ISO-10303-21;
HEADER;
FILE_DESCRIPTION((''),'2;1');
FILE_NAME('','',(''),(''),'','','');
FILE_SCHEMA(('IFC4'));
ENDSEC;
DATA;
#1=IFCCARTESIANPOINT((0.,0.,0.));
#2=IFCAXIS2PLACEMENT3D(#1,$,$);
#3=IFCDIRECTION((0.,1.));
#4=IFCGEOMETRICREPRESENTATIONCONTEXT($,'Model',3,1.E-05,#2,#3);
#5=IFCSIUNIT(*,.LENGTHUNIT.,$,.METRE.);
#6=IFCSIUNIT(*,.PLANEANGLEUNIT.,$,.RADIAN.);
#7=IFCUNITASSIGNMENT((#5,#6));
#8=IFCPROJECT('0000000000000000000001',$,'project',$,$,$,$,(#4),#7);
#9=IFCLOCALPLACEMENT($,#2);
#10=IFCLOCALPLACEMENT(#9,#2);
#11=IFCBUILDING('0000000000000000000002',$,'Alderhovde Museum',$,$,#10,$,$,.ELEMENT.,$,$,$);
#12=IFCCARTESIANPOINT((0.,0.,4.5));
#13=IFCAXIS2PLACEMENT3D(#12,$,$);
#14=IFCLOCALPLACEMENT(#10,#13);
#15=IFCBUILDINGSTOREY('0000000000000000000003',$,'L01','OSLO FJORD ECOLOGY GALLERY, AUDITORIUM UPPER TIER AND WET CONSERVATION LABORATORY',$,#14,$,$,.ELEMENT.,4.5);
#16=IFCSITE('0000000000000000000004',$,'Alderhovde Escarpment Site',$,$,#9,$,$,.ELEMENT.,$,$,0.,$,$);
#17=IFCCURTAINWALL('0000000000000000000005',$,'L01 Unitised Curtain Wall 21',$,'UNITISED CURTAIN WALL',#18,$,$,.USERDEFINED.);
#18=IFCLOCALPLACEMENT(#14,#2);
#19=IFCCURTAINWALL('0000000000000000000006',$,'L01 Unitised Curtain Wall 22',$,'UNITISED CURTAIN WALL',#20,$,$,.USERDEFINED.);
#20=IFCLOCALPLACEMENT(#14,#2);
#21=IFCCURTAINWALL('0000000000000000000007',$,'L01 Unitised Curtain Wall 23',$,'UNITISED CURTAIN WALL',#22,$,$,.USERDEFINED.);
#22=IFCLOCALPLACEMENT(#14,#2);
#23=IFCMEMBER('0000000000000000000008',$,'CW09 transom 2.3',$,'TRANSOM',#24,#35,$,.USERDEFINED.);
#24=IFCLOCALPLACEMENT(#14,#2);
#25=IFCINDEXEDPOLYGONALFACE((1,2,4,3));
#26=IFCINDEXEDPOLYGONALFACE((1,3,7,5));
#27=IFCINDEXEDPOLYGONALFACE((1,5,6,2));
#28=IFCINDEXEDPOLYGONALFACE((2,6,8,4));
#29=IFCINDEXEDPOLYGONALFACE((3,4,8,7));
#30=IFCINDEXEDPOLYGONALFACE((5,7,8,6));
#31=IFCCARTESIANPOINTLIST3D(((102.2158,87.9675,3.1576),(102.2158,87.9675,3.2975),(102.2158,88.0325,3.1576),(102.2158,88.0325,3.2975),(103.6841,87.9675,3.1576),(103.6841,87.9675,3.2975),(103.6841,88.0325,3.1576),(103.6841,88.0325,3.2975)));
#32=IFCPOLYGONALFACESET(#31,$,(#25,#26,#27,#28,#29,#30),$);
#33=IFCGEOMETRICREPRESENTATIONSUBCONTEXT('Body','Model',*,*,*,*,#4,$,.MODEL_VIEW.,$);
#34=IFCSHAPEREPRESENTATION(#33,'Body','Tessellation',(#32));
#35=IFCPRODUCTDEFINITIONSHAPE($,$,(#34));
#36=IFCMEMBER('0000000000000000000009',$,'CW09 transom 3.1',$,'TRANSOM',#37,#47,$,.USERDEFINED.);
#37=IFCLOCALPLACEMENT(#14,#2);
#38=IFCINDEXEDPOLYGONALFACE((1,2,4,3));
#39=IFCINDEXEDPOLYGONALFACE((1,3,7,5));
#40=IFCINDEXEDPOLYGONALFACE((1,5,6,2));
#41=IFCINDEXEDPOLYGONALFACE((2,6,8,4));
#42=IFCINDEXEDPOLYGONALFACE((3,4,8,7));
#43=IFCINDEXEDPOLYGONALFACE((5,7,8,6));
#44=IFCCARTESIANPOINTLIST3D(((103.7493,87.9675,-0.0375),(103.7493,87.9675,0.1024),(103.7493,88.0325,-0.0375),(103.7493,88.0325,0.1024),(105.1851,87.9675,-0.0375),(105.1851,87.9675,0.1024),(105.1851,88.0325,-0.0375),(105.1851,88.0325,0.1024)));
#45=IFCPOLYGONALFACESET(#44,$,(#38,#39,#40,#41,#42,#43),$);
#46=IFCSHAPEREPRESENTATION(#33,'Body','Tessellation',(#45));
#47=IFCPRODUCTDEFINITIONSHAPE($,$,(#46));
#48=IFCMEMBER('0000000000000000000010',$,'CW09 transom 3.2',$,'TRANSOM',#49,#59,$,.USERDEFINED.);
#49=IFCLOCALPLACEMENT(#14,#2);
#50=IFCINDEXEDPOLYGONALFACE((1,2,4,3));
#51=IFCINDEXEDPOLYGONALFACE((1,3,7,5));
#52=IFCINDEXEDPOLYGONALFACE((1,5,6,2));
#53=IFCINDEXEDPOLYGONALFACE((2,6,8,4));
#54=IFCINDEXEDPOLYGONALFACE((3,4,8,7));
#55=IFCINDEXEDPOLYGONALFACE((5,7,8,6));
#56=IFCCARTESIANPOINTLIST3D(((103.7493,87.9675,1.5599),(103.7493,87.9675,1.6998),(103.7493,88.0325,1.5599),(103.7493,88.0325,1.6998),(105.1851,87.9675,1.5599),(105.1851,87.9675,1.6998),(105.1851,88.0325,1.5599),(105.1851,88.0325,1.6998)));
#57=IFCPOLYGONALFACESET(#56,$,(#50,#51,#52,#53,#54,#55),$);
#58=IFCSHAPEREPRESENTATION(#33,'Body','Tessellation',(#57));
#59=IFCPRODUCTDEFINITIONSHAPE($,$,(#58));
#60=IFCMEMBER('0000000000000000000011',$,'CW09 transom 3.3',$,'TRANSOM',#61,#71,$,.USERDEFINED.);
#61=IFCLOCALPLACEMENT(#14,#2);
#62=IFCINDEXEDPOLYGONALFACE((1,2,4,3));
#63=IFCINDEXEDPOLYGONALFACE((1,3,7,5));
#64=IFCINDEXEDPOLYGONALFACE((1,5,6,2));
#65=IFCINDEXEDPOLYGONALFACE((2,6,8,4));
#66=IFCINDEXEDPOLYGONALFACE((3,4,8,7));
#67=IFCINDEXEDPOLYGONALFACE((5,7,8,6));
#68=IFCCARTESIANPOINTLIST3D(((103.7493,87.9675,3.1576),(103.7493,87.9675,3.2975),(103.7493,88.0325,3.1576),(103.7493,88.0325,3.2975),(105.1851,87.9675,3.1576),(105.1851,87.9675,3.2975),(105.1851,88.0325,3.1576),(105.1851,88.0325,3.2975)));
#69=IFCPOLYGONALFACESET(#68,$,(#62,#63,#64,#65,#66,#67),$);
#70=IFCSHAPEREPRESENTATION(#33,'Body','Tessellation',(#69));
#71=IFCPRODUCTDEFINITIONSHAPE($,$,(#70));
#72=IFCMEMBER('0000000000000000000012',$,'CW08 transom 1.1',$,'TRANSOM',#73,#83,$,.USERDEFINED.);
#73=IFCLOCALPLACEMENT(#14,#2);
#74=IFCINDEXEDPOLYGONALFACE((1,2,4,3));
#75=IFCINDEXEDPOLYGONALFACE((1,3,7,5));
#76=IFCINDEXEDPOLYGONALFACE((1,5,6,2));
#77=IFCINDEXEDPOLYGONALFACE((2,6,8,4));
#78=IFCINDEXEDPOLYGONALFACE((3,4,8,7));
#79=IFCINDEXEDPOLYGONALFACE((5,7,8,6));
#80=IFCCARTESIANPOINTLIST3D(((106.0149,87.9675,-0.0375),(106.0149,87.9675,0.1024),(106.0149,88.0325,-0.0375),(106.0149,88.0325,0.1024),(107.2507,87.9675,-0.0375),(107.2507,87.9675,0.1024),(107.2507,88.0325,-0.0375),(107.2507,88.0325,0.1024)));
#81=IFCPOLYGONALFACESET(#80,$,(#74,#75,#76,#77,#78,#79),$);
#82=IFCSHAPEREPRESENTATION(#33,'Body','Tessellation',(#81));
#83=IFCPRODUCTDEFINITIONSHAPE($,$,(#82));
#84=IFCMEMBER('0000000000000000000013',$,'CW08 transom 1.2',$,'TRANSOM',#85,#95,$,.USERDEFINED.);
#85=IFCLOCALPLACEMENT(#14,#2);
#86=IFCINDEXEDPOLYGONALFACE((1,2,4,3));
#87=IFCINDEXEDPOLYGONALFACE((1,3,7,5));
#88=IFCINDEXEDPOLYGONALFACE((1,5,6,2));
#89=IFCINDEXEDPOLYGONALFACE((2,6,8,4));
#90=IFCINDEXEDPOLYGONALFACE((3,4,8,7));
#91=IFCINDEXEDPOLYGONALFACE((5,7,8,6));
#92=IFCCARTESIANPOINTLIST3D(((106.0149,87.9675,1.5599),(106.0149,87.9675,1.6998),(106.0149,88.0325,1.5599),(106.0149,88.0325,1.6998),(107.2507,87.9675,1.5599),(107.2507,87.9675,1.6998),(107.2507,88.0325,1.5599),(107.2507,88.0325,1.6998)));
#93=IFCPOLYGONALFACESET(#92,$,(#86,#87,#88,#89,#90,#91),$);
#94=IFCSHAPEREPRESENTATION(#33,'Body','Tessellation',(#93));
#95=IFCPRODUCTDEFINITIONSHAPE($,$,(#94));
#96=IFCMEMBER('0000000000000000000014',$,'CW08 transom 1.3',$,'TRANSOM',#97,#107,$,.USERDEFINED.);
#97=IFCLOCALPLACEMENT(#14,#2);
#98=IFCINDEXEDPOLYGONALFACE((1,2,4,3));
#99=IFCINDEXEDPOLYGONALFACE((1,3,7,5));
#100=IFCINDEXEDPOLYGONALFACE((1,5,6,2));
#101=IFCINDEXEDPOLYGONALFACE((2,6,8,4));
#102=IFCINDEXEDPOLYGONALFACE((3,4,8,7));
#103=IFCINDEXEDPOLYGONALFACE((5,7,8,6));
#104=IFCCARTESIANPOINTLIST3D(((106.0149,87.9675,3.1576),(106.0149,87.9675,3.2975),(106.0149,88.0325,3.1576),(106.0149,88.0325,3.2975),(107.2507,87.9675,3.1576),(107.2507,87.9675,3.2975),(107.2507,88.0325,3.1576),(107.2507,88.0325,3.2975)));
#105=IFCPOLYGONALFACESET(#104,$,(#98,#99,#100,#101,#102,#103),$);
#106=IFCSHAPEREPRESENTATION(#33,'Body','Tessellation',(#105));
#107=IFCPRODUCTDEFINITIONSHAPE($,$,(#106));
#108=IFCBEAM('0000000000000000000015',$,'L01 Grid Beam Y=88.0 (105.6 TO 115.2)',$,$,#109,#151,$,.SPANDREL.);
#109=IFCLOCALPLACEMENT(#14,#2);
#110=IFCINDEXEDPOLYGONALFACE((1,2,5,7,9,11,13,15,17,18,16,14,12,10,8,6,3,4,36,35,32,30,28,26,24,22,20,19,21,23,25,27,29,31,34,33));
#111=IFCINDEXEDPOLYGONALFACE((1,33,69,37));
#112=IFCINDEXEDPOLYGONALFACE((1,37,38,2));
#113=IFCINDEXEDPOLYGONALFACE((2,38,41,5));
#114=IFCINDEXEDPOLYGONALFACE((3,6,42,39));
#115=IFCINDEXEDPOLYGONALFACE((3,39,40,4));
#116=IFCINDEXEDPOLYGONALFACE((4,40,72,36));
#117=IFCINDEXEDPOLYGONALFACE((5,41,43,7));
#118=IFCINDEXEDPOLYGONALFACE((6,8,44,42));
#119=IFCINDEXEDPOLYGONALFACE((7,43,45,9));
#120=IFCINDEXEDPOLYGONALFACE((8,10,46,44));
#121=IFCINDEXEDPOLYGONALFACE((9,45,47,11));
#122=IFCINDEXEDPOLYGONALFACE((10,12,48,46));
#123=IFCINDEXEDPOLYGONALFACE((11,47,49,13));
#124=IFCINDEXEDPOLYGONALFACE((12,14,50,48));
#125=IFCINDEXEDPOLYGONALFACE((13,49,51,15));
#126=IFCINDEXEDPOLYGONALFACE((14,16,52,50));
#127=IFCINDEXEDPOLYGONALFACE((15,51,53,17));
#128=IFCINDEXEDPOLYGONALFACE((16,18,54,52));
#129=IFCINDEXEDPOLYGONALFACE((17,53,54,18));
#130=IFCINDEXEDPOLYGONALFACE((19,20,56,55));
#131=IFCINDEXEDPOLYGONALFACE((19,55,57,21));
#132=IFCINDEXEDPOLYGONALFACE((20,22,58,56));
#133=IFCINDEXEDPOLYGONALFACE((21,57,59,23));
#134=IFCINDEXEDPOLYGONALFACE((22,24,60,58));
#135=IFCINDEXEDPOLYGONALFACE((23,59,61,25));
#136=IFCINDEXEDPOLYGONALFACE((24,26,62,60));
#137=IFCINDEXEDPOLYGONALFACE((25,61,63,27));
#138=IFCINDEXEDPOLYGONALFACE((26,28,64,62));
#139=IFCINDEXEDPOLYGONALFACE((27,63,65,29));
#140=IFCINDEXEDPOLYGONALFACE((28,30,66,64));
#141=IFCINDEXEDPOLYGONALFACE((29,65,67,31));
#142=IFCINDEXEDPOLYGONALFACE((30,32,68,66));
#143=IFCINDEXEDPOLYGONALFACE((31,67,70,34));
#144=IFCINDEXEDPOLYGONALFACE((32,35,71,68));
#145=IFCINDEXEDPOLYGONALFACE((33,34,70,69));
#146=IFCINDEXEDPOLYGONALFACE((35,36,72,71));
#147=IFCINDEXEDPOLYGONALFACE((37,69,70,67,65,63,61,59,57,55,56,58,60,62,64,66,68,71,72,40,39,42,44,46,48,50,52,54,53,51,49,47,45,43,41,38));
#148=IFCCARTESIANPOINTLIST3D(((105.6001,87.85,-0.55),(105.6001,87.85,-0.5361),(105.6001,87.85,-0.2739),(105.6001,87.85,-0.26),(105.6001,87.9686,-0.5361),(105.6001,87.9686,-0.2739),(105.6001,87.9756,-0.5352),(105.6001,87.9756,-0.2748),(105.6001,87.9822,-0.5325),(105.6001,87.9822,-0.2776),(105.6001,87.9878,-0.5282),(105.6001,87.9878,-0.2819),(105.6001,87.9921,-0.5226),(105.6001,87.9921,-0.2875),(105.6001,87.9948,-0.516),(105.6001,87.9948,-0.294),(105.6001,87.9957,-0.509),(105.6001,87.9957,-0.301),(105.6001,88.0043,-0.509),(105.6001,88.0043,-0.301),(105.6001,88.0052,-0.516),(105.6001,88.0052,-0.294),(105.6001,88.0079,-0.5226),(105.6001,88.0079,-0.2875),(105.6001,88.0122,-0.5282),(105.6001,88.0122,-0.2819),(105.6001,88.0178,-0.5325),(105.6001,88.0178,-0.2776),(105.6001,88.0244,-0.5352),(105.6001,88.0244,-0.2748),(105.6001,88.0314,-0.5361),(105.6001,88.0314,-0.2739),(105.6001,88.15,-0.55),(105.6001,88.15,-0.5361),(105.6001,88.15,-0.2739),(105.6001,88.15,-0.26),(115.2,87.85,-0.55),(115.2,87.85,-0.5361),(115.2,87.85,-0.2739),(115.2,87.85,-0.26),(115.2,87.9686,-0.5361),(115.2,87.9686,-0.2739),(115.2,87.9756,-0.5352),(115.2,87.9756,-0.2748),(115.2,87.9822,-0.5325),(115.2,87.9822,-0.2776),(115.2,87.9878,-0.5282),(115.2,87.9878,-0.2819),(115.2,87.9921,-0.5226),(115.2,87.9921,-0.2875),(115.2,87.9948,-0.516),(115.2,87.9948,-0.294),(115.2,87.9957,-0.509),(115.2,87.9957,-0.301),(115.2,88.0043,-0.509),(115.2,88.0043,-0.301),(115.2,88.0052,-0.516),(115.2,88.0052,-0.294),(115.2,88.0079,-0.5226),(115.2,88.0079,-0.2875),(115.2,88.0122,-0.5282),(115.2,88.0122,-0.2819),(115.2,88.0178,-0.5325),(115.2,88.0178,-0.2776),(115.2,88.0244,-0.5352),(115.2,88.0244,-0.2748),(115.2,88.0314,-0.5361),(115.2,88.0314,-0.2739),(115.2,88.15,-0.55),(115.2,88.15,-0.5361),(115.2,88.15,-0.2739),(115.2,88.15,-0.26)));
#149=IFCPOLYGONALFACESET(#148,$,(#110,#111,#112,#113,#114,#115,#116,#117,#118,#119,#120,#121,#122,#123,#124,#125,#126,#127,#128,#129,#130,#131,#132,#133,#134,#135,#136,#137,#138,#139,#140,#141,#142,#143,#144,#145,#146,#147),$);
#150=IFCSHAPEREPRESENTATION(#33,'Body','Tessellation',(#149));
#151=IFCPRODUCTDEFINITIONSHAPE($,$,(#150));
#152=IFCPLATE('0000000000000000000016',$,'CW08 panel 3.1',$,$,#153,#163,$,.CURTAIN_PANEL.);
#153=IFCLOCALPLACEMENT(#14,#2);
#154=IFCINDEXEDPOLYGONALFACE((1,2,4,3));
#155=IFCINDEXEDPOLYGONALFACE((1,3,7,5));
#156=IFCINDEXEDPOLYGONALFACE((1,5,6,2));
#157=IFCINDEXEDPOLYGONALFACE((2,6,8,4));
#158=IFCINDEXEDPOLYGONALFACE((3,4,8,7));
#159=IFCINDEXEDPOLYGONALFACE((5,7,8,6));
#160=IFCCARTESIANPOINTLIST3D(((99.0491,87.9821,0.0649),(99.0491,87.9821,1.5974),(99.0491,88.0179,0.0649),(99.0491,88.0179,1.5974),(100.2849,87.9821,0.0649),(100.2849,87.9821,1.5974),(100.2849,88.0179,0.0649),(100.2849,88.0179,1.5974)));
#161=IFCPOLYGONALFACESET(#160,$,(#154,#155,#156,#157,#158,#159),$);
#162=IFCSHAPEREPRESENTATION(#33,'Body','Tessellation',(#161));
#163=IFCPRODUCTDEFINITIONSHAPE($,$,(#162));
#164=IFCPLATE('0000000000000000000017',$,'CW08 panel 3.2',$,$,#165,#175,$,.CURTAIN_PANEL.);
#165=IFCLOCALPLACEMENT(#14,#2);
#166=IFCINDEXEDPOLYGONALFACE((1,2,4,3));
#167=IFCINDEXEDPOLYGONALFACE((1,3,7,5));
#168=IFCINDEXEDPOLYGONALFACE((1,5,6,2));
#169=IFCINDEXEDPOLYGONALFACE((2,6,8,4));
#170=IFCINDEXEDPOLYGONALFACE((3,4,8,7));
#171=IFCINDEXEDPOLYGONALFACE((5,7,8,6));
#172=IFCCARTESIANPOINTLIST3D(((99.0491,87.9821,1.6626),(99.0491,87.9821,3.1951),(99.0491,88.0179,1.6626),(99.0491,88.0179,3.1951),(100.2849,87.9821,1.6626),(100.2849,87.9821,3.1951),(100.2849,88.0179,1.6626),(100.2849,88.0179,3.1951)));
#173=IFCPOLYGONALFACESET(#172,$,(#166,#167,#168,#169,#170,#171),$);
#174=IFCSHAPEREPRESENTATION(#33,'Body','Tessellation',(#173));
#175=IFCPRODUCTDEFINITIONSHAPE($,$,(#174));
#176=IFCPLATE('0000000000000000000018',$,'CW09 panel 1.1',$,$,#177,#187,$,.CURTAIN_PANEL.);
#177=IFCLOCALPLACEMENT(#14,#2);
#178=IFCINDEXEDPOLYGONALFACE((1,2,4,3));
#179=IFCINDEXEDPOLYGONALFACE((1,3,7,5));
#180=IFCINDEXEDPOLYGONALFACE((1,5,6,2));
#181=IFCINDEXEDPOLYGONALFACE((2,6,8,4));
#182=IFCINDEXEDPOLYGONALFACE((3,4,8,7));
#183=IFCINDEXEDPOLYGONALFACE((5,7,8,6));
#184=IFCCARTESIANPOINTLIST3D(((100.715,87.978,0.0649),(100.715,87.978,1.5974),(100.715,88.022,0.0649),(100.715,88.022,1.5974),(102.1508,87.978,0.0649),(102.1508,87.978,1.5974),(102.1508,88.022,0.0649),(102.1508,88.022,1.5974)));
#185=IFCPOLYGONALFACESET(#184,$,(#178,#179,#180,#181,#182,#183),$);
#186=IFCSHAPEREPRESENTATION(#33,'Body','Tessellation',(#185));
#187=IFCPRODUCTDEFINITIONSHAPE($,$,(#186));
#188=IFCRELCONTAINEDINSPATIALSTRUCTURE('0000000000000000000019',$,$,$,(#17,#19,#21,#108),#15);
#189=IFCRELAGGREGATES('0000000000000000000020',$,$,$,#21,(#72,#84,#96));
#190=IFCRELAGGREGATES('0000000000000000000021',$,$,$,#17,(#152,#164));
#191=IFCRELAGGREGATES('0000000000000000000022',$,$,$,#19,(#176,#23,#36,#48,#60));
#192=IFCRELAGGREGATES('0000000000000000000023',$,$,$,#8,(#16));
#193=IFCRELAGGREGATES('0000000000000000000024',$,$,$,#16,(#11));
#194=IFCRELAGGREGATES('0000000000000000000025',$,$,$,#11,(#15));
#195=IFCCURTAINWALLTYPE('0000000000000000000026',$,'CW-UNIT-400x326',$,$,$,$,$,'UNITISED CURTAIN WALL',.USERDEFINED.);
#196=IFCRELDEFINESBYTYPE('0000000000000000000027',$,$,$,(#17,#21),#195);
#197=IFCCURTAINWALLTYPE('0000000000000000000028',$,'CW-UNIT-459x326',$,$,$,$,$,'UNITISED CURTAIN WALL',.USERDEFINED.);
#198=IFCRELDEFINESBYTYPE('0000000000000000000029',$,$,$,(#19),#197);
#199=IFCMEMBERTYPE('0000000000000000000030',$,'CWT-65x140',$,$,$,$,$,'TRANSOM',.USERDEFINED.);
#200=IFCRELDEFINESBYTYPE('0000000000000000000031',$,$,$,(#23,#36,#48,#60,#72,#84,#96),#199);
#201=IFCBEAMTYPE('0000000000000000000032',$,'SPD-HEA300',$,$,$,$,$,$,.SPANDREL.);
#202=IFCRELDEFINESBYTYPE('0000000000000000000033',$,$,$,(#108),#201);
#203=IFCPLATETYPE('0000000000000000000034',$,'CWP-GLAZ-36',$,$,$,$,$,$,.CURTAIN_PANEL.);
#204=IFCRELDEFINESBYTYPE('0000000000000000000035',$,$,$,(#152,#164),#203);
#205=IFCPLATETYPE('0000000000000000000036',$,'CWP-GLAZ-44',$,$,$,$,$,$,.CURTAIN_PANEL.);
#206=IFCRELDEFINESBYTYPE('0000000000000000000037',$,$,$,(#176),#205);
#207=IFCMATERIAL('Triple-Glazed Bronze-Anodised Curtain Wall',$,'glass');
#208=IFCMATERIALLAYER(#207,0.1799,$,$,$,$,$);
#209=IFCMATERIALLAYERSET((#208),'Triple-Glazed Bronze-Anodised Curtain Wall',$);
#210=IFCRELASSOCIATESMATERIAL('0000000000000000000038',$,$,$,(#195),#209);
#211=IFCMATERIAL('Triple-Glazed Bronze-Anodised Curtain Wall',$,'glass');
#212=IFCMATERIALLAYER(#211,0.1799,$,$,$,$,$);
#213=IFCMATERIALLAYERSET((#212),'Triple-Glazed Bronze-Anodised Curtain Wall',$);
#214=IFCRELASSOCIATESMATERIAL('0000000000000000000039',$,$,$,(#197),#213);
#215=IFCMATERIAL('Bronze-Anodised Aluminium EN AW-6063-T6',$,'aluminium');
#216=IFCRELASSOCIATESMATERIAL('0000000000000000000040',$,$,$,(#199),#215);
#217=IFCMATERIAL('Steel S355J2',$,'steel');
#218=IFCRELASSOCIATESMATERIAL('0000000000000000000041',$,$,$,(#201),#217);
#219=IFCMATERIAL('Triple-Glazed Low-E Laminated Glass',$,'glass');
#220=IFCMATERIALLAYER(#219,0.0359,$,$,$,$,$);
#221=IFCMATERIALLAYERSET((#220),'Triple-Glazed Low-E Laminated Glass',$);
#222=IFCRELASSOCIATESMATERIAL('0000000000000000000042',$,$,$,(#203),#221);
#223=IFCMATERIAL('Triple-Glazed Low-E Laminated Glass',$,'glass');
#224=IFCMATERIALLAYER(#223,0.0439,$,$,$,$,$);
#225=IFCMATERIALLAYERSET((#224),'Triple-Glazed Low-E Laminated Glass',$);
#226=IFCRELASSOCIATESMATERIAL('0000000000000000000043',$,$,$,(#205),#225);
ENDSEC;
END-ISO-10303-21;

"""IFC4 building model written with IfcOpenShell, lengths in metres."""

from ifc_helpers import new_model, si_unit, direction, frame, origin, origin_2d, place, context, subcontext, project, spatial, rectangle, i_section, extrude, material, layer, layer_set, material_profile, profile_set, type_object, element, aggregate, save


model = new_model("IFC4")

# Units and contexts
model_context = context("Model", 3, precision=1e-05, world=origin(), true_north=direction((0.0, 1.0)))
body_context = subcontext(model_context, "Body", "Model", "MODEL_VIEW")
ifc_project = project(units=[si_unit("LENGTHUNIT", "METRE"), si_unit("PLANEANGLEUNIT", "RADIAN")], contexts=[model_context])

# Site, building, storey
site_placement = place(None, origin())
site = spatial("IfcSite", under=ifc_project, at=site_placement, Name="Alderhovde Escarpment Site", CompositionType="ELEMENT", RefElevation=0.0)
building_placement = place(site_placement, origin())
building = spatial("IfcBuilding", under=site, at=building_placement, Name="Alderhovde Museum", CompositionType="ELEMENT")
storey_placement = place(building_placement, frame((0.0, 0.0, 4.5)))
storey = spatial("IfcBuildingStorey", under=building, at=storey_placement, Name="L01", Description="OSLO FJORD ECOLOGY GALLERY, AUDITORIUM UPPER TIER AND WET CONSERVATION LABORATORY", CompositionType="ELEMENT", Elevation=4.5)

# Curtain wall
ifc_material_1 = material(Name="Triple-Glazed Bronze-Anodised Curtain Wall", Category="glass")
ifc_layer_1 = layer(ifc_material_1, 0.1799)
ifc_layer_set_1 = layer_set([ifc_layer_1], Name="Triple-Glazed Bronze-Anodised Curtain Wall")
curtain_wall_type_1 = type_object("IfcCurtainWallType", Name="CW-UNIT-400x326", ElementType="UNITISED CURTAIN WALL", PredefinedType="USERDEFINED", material=ifc_layer_set_1)
curtain_wall_1_placement = place(storey_placement, origin())
curtain_wall_1 = element("IfcCurtainWall", 1, at=curtain_wall_1_placement, inside=storey, type_object=curtain_wall_type_1, Name="L01 Unitised Curtain Wall 21", ObjectType="UNITISED CURTAIN WALL", PredefinedType="USERDEFINED")

# Curtain wall
ifc_material_2 = material(Name="Triple-Glazed Bronze-Anodised Curtain Wall", Category="glass")
ifc_layer_2 = layer(ifc_material_2, 0.1799)
ifc_layer_set_2 = layer_set([ifc_layer_2], Name="Triple-Glazed Bronze-Anodised Curtain Wall")
curtain_wall_type_2 = type_object("IfcCurtainWallType", Name="CW-UNIT-459x326", ElementType="UNITISED CURTAIN WALL", PredefinedType="USERDEFINED", material=ifc_layer_set_2)
curtain_wall_2_placement = place(storey_placement, origin())
curtain_wall_2 = element("IfcCurtainWall", 2, at=curtain_wall_2_placement, inside=storey, type_object=curtain_wall_type_2, Name="L01 Unitised Curtain Wall 22", ObjectType="UNITISED CURTAIN WALL", PredefinedType="USERDEFINED")

# Curtain wall
curtain_wall_3_placement = place(storey_placement, origin())
curtain_wall_3 = element("IfcCurtainWall", 3, at=curtain_wall_3_placement, inside=storey, type_object=curtain_wall_type_1, Name="L01 Unitised Curtain Wall 23", ObjectType="UNITISED CURTAIN WALL", PredefinedType="USERDEFINED")

# Members
ifc_material_3 = material(Name="Bronze-Anodised Aluminium EN AW-6063-T6", Category="aluminium")
ifc_material_profile_1 = material_profile(ifc_material_3, rectangle(XDim=0.0649, YDim=0.1399, at=origin_2d()), Name="TRANSOM 65x140")
ifc_profile_set_1 = profile_set([ifc_material_profile_1], Name="Bronze-Anodised Aluminium EN AW-6063-T6")
member_type_1 = type_object("IfcMemberType", Name="CWT-65x140", ElementType="TRANSOM", PredefinedType="USERDEFINED", material=ifc_profile_set_1)
member_1_placement = place(storey_placement, frame((102.2158, 88.0, 3.2275), z_axis=(1.0, 0.0, 0.0), x_axis=(0.0, 1.0, 0.0)))
member_1 = element("IfcMember", 4, at=member_1_placement, type_object=member_type_1, Name="CW09 transom 2.3", ObjectType="TRANSOM", PredefinedType="USERDEFINED", context=body_context, shape_type="SweptSolid", body=[
    extrude(rectangle(XDim=0.0649, YDim=0.1399, at=origin_2d()), origin(), (0.0, 0.0, 1.0), 1.4683),
])
member_2_placement = place(storey_placement, frame((103.7493, 88.0, 0.0325), z_axis=(1.0, 0.0, 0.0), x_axis=(0.0, 1.0, 0.0)))
member_2 = element("IfcMember", 5, at=member_2_placement, type_object=member_type_1, Name="CW09 transom 3.1", ObjectType="TRANSOM", PredefinedType="USERDEFINED", context=body_context, shape_type="SweptSolid", body=[
    extrude(rectangle(XDim=0.0649, YDim=0.1399, at=origin_2d()), origin(), (0.0, 0.0, 1.0), 1.4358),
])
member_3_placement = place(storey_placement, frame((103.7493, 88.0, 1.6299), z_axis=(1.0, 0.0, 0.0), x_axis=(0.0, 1.0, 0.0)))
member_3 = element("IfcMember", 6, at=member_3_placement, type_object=member_type_1, Name="CW09 transom 3.2", ObjectType="TRANSOM", PredefinedType="USERDEFINED", context=body_context, shape_type="SweptSolid", body=[
    extrude(rectangle(XDim=0.0649, YDim=0.1399, at=origin_2d()), origin(), (0.0, 0.0, 1.0), 1.4358),
])
member_4_placement = place(storey_placement, frame((103.7493, 88.0, 3.2275), z_axis=(1.0, 0.0, 0.0), x_axis=(0.0, 1.0, 0.0)))
member_4 = element("IfcMember", 7, at=member_4_placement, type_object=member_type_1, Name="CW09 transom 3.3", ObjectType="TRANSOM", PredefinedType="USERDEFINED", context=body_context, shape_type="SweptSolid", body=[
    extrude(rectangle(XDim=0.0649, YDim=0.1399, at=origin_2d()), origin(), (0.0, 0.0, 1.0), 1.4358),
])
member_5_placement = place(storey_placement, frame((106.0149, 88.0, 0.0325), z_axis=(1.0, 0.0, 0.0), x_axis=(0.0, 1.0, 0.0)))
member_5 = element("IfcMember", 8, at=member_5_placement, type_object=member_type_1, Name="CW08 transom 1.1", ObjectType="TRANSOM", PredefinedType="USERDEFINED", context=body_context, shape_type="SweptSolid", body=[
    extrude(rectangle(XDim=0.0649, YDim=0.1399, at=origin_2d()), origin(), (0.0, 0.0, 1.0), 1.2358),
])
member_6_placement = place(storey_placement, frame((106.0149, 88.0, 1.6299), z_axis=(1.0, 0.0, 0.0), x_axis=(0.0, 1.0, 0.0)))
member_6 = element("IfcMember", 9, at=member_6_placement, type_object=member_type_1, Name="CW08 transom 1.2", ObjectType="TRANSOM", PredefinedType="USERDEFINED", context=body_context, shape_type="SweptSolid", body=[
    extrude(rectangle(XDim=0.0649, YDim=0.1399, at=origin_2d()), origin(), (0.0, 0.0, 1.0), 1.2358),
])
member_7_placement = place(storey_placement, frame((106.0149, 88.0, 3.2275), z_axis=(1.0, 0.0, 0.0), x_axis=(0.0, 1.0, 0.0)))
member_7 = element("IfcMember", 10, at=member_7_placement, type_object=member_type_1, Name="CW08 transom 1.3", ObjectType="TRANSOM", PredefinedType="USERDEFINED", context=body_context, shape_type="SweptSolid", body=[
    extrude(rectangle(XDim=0.0649, YDim=0.1399, at=origin_2d()), origin(), (0.0, 0.0, 1.0), 1.2358),
])
aggregate(curtain_wall_3, [member_5, member_6, member_7])

# Beam
ifc_material_4 = material(Name="Steel S355J2", Category="steel")
ifc_material_profile_2 = material_profile(ifc_material_4, i_section(OverallWidth=0.3, OverallDepth=0.29, WebThickness=0.0085, FlangeThickness=0.0139, FilletRadius=0.0271, at=origin_2d()), Name="HEA 300")
ifc_profile_set_2 = profile_set([ifc_material_profile_2], Name="Steel S355J2")
beam_type = type_object("IfcBeamType", Name="SPD-HEA300", PredefinedType="SPANDREL", material=ifc_profile_set_2)
beam_placement = place(storey_placement, frame((105.6001, 88.0, -0.405), z_axis=(1.0, 0.0, 0.0), x_axis=(0.0, 1.0, 0.0)))
element("IfcBeam", 11, at=beam_placement, inside=storey, type_object=beam_type, Name="L01 Grid Beam Y=88.0 (105.6 TO 115.2)", PredefinedType="SPANDREL", context=body_context, shape_type="SweptSolid", body=[
    extrude(i_section(OverallWidth=0.3, OverallDepth=0.29, WebThickness=0.0085, FlangeThickness=0.0139, FilletRadius=0.0271, at=origin_2d()), origin(), (0.0, 0.0, 1.0), 9.5999),
])

# Plates
ifc_material_5 = material(Name="Triple-Glazed Low-E Laminated Glass", Category="glass")
ifc_layer_3 = layer(ifc_material_5, 0.0359)
ifc_layer_set_3 = layer_set([ifc_layer_3], Name="Triple-Glazed Low-E Laminated Glass")
plate_type_1 = type_object("IfcPlateType", Name="CWP-GLAZ-36", PredefinedType="CURTAIN_PANEL", material=ifc_layer_set_3)
plate_1_placement = place(storey_placement, frame((99.667, 88.0, 0.0649), z_axis=(0.0, 0.0, 1.0), x_axis=(1.0, 0.0, 0.0)))
plate_1 = element("IfcPlate", 12, at=plate_1_placement, type_object=plate_type_1, Name="CW08 panel 3.1", PredefinedType="CURTAIN_PANEL", context=body_context, shape_type="SweptSolid", body=[
    extrude(rectangle(XDim=1.2358, YDim=0.0359, at=origin_2d()), origin(), (0.0, 0.0, 1.0), 1.5325),
])
plate_2_placement = place(storey_placement, frame((99.667, 88.0, 1.6626), z_axis=(0.0, 0.0, 1.0), x_axis=(1.0, 0.0, 0.0)))
plate_2 = element("IfcPlate", 13, at=plate_2_placement, type_object=plate_type_1, Name="CW08 panel 3.2", PredefinedType="CURTAIN_PANEL", context=body_context, shape_type="SweptSolid", body=[
    extrude(rectangle(XDim=1.2358, YDim=0.0359, at=origin_2d()), origin(), (0.0, 0.0, 1.0), 1.5325),
])
aggregate(curtain_wall_1, [plate_1, plate_2])
ifc_material_6 = material(Name="Triple-Glazed Low-E Laminated Glass", Category="glass")
ifc_layer_4 = layer(ifc_material_6, 0.0439)
ifc_layer_set_4 = layer_set([ifc_layer_4], Name="Triple-Glazed Low-E Laminated Glass")
plate_type_2 = type_object("IfcPlateType", Name="CWP-GLAZ-44", PredefinedType="CURTAIN_PANEL", material=ifc_layer_set_4)
plate_3_placement = place(storey_placement, frame((101.4329, 88.0, 0.0649), z_axis=(0.0, 0.0, 1.0), x_axis=(1.0, 0.0, 0.0)))
plate_3 = element("IfcPlate", 14, at=plate_3_placement, type_object=plate_type_2, Name="CW09 panel 1.1", PredefinedType="CURTAIN_PANEL", context=body_context, shape_type="SweptSolid", body=[
    extrude(rectangle(XDim=1.4358, YDim=0.0439, at=origin_2d()), origin(), (0.0, 0.0, 1.0), 1.5325),
])
aggregate(curtain_wall_2, [plate_3, member_1, member_2, member_3, member_4])

save(model, "model.ifc")
